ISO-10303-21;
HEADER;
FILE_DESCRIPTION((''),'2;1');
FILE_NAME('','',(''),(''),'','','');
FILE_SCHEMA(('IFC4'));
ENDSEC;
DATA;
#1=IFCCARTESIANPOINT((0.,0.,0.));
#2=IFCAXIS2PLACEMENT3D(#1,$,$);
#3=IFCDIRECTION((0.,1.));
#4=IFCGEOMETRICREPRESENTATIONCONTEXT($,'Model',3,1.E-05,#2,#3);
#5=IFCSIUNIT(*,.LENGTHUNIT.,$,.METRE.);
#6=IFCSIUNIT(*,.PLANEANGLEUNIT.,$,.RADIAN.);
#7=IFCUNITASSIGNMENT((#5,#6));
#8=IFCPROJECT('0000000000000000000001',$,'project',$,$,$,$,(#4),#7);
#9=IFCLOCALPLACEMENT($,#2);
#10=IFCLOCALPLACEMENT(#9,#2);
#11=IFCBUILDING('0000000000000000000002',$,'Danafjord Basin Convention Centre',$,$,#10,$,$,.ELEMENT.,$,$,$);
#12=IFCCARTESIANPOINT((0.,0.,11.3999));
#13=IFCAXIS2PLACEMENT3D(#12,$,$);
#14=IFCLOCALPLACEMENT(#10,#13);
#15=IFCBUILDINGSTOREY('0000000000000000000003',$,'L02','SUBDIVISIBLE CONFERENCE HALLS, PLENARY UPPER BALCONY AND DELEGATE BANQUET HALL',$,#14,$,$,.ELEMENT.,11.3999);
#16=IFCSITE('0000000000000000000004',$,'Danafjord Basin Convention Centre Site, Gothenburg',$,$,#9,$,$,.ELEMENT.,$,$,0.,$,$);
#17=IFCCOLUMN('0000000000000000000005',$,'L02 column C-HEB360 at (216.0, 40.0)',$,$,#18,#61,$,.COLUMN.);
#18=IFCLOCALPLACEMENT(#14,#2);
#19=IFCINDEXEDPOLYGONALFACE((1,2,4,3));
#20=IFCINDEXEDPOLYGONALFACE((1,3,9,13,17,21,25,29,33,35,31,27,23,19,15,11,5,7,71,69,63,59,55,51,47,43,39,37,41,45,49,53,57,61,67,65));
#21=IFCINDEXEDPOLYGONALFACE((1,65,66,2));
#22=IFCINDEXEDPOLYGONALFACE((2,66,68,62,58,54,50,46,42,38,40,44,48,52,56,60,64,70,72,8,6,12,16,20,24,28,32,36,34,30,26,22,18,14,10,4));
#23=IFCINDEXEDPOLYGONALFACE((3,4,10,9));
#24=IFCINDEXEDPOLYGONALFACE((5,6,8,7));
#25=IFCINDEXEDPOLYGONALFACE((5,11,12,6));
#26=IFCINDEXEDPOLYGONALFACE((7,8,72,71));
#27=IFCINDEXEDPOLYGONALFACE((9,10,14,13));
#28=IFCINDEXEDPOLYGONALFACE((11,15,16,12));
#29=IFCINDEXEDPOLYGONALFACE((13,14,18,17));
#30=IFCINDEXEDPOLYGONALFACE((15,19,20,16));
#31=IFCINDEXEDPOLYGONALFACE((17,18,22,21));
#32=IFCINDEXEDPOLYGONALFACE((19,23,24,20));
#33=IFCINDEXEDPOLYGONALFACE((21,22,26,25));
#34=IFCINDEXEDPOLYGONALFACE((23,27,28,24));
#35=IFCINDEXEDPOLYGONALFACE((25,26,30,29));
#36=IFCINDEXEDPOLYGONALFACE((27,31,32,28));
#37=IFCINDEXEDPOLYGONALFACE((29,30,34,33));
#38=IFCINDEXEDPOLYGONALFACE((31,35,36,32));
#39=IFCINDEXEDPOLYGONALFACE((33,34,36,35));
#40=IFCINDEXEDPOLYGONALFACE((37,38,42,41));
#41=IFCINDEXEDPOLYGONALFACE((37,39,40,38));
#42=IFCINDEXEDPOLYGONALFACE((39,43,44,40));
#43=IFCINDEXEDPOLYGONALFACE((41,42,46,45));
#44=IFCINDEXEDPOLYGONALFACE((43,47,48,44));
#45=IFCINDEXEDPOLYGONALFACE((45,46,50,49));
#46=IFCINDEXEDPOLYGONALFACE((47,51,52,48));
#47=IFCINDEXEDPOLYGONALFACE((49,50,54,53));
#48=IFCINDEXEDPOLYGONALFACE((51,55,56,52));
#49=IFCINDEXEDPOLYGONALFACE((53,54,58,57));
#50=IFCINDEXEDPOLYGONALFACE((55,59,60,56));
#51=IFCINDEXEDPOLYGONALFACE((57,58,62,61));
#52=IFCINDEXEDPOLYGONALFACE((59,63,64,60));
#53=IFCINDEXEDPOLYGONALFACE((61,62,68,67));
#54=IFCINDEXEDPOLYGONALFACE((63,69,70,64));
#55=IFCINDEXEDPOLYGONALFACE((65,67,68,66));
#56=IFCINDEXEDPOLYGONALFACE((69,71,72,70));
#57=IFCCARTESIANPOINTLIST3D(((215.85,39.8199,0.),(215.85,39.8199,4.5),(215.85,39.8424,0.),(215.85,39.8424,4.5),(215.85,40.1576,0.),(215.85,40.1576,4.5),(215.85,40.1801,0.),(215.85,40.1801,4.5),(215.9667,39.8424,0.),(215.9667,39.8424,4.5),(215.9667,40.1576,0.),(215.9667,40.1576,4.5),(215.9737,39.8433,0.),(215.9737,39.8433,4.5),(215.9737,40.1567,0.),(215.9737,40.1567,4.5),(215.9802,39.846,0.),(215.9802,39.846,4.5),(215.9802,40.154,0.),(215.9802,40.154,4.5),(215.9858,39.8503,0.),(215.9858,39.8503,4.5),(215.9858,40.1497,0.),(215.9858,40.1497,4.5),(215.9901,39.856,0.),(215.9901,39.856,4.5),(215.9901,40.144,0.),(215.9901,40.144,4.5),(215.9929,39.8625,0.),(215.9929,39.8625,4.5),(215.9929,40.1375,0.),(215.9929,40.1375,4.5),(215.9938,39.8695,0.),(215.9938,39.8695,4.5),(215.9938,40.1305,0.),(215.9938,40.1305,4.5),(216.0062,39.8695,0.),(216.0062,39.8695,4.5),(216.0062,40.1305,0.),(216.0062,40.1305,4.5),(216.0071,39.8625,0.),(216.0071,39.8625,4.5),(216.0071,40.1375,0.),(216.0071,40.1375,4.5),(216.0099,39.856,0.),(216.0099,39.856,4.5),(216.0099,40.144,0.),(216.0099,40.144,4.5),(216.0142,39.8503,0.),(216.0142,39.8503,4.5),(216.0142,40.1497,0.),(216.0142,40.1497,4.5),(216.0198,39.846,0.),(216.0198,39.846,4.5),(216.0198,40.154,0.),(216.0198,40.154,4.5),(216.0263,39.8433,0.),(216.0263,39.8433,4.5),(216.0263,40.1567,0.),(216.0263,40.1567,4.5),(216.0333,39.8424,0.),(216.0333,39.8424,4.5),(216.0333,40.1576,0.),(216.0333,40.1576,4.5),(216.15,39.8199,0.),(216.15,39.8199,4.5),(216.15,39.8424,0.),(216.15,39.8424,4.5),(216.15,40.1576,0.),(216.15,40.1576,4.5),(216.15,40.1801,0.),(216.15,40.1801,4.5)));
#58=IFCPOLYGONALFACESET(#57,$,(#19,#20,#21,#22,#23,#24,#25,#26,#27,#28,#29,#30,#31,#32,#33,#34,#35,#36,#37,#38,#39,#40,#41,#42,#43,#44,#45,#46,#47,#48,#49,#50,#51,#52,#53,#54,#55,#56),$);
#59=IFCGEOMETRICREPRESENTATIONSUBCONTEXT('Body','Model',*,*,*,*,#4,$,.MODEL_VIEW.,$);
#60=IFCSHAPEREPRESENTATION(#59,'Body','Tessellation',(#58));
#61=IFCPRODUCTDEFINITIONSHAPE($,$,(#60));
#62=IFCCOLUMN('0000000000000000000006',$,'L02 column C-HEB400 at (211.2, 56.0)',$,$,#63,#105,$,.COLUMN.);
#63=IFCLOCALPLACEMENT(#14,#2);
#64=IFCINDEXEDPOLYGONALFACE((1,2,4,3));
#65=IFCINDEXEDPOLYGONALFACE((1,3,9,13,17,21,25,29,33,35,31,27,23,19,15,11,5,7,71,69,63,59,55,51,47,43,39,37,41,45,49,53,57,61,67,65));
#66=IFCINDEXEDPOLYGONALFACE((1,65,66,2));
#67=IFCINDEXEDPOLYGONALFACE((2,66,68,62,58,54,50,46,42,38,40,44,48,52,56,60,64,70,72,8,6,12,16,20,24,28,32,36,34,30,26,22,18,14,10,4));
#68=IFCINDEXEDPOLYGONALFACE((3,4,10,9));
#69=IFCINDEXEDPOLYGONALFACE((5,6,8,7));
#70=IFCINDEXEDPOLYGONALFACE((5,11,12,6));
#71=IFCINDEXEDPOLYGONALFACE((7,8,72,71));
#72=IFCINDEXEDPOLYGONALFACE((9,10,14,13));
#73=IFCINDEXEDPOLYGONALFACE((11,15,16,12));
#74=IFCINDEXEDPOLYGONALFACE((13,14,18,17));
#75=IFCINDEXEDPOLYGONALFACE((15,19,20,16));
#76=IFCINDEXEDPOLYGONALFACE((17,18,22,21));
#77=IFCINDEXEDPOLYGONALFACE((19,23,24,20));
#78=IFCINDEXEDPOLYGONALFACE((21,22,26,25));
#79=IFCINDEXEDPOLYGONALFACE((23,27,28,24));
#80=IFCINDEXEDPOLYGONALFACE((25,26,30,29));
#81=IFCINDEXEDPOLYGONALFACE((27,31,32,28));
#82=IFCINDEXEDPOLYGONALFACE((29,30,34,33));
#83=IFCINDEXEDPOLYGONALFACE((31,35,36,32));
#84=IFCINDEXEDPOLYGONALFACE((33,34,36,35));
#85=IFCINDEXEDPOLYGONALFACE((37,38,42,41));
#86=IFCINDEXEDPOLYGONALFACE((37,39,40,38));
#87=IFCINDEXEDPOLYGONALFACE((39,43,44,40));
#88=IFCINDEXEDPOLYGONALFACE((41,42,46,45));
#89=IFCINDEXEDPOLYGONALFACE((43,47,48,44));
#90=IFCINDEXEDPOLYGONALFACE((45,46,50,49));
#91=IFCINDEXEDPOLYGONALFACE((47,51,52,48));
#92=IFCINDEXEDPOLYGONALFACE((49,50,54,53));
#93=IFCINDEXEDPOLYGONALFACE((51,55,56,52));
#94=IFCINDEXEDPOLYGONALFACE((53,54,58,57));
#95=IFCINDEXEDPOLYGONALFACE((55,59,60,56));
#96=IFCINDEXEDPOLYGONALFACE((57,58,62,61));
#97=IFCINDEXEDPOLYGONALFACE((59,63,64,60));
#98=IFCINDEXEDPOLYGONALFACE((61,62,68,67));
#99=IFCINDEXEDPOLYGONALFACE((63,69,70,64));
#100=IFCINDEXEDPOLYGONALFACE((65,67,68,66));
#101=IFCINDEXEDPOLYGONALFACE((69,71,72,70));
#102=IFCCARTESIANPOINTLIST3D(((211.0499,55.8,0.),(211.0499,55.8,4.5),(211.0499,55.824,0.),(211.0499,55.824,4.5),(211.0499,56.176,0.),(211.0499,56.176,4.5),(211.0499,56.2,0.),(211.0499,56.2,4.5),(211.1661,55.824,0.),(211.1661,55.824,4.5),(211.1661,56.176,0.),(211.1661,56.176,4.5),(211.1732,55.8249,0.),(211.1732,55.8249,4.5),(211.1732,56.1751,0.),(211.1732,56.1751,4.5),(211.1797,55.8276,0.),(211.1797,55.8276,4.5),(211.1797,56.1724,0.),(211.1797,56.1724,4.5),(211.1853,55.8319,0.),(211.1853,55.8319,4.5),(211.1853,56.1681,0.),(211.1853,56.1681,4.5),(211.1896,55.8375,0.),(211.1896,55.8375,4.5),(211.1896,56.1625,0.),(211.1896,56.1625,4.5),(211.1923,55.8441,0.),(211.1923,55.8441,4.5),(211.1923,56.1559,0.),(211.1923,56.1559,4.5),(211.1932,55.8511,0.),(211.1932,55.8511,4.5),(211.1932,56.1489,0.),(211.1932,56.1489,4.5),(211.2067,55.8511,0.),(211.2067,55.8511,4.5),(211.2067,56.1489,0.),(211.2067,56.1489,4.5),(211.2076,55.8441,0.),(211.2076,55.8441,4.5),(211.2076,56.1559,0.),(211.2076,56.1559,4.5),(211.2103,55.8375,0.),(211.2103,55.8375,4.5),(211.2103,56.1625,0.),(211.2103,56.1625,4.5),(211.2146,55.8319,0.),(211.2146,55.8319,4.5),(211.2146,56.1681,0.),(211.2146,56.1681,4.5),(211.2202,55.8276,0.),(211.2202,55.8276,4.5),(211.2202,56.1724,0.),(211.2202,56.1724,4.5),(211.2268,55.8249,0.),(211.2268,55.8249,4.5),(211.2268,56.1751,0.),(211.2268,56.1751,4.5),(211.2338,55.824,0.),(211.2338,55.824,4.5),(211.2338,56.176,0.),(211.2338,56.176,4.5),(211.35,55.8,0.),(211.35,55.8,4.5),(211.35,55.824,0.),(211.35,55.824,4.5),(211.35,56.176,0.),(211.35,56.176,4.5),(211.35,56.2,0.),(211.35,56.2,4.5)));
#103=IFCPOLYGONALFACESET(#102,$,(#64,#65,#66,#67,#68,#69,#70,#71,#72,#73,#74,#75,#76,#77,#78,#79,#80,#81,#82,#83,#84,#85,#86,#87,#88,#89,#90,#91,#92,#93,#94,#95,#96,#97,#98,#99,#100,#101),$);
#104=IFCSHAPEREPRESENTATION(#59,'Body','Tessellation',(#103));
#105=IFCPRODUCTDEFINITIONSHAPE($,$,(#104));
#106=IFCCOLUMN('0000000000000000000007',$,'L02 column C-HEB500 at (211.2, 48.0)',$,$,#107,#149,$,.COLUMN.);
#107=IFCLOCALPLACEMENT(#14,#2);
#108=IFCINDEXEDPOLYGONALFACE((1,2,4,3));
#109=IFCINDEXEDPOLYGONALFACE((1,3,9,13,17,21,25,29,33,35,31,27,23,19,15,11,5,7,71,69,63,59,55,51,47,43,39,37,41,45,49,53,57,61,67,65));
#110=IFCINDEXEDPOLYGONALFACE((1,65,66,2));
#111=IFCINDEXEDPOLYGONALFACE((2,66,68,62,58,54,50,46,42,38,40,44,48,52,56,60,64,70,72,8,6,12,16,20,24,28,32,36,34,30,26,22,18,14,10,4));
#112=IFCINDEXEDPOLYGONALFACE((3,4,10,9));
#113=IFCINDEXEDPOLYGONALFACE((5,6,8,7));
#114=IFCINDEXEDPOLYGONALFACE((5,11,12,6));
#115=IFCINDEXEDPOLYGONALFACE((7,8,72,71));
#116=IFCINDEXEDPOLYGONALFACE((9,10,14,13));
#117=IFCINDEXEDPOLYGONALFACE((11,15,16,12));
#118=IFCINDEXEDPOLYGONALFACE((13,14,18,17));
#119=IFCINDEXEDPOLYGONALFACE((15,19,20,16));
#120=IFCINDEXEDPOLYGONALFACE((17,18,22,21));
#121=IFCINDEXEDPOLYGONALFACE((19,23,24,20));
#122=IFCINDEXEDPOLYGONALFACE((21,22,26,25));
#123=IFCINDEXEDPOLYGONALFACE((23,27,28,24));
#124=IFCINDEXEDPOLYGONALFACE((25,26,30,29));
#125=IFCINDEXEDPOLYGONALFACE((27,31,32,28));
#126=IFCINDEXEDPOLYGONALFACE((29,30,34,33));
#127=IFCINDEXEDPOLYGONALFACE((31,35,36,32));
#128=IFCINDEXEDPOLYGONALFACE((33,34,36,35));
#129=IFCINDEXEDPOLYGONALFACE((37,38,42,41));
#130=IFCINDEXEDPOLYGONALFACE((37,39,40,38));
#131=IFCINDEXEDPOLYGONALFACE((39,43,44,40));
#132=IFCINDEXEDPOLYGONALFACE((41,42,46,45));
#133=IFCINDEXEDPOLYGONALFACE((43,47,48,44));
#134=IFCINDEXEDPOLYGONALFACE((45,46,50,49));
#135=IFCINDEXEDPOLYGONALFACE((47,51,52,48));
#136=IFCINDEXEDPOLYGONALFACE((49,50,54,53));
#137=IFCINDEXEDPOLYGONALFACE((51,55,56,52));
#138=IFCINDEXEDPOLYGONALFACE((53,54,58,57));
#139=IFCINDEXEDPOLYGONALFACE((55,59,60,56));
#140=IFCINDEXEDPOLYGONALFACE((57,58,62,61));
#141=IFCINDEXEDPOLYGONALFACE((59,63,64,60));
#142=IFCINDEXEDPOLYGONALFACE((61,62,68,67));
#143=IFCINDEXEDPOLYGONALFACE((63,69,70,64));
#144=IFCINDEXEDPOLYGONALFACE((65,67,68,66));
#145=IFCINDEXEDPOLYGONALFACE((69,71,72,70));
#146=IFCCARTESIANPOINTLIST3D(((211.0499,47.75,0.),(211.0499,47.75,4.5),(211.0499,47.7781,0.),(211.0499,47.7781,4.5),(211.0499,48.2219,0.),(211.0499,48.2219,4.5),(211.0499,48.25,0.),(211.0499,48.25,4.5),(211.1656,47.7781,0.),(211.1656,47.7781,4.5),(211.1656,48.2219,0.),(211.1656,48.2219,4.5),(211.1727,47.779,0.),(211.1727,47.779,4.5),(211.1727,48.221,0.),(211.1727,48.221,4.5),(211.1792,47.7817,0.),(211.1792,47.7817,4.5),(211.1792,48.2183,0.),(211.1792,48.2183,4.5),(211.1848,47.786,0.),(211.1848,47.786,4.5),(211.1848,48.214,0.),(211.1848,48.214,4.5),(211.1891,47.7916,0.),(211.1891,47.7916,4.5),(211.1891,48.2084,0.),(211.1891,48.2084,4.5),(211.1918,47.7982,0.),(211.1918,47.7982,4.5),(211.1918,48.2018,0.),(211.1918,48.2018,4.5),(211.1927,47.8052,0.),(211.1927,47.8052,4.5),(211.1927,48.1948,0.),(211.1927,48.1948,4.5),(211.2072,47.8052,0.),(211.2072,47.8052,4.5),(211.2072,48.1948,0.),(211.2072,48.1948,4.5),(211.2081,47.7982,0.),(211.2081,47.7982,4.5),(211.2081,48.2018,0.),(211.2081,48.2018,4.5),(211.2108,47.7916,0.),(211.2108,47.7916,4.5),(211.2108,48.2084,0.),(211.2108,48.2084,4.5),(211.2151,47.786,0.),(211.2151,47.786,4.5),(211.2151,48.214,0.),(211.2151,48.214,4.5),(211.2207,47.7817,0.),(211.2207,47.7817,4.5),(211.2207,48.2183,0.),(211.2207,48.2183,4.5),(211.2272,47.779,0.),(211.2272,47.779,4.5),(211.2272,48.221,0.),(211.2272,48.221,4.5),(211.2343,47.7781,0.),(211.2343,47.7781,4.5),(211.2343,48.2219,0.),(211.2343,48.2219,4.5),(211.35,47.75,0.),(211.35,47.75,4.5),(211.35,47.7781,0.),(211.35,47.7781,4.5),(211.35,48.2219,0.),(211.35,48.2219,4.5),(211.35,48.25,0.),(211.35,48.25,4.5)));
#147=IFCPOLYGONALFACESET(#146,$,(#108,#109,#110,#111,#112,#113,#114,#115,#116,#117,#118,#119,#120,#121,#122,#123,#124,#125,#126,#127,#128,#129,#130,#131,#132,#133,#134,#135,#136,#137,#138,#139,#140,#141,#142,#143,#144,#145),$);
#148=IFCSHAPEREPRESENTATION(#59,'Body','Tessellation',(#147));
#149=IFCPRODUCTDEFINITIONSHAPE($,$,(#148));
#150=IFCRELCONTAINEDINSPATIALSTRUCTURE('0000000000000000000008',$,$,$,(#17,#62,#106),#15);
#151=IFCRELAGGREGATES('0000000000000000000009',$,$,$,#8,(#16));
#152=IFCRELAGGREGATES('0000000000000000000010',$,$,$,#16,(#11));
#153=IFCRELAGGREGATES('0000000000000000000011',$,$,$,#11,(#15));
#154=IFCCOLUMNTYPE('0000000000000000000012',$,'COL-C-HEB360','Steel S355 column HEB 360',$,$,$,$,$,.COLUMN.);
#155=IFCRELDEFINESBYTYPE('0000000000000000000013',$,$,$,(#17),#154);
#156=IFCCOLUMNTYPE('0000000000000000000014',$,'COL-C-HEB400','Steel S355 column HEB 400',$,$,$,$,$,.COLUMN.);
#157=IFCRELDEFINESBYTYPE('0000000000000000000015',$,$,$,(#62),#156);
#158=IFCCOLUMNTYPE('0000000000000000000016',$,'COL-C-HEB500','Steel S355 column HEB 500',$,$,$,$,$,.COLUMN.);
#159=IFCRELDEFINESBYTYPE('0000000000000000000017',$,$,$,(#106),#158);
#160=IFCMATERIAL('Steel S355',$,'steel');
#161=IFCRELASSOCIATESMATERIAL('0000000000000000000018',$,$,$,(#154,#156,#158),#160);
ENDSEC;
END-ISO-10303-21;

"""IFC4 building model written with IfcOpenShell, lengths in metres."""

from ifc_helpers import new_model, si_unit, direction, frame, origin, origin_2d, place, context, subcontext, project, spatial, i_section, extrude, material, material_profile, profile_set, type_object, element, save


model = new_model("IFC4")

# Units and contexts
model_context = context("Model", 3, precision=1e-05, world=origin(), true_north=direction((0.0, 1.0)))
body_context = subcontext(model_context, "Body", "Model", "MODEL_VIEW")
ifc_project = project(units=[si_unit("LENGTHUNIT", "METRE"), si_unit("PLANEANGLEUNIT", "RADIAN")], contexts=[model_context])

# Site, building, storey
site_placement = place(None, origin())
site = spatial("IfcSite", under=ifc_project, at=site_placement, Name="Danafjord Basin Convention Centre Site, Gothenburg", CompositionType="ELEMENT", RefElevation=0.0)
building_placement = place(site_placement, origin())
building = spatial("IfcBuilding", under=site, at=building_placement, Name="Danafjord Basin Convention Centre", CompositionType="ELEMENT")
storey_placement = place(building_placement, frame((0.0, 0.0, 11.3999)))
storey = spatial("IfcBuildingStorey", under=building, at=storey_placement, Name="L02", Description="SUBDIVISIBLE CONFERENCE HALLS, PLENARY UPPER BALCONY AND DELEGATE BANQUET HALL", CompositionType="ELEMENT", Elevation=11.3999)

# Columns
ifc_material_1 = material(Name="Steel S355", Category="steel")
ifc_material_profile_1 = material_profile(ifc_material_1, i_section(OverallWidth=0.3, OverallDepth=0.3601, WebThickness=0.0125, FlangeThickness=0.0225, FilletRadius=0.0271, at=origin_2d()), Name="HEB 360")
ifc_profile_set_1 = profile_set([ifc_material_profile_1], Name="Steel S355")
column_type_1 = type_object("IfcColumnType", Name="COL-C-HEB360", Description="Steel S355 column HEB 360", PredefinedType="COLUMN", material=ifc_profile_set_1)
column_1_placement = place(storey_placement, frame((216.0, 40.0, 0.0), z_axis=(0.0, 0.0, 1.0), x_axis=(1.0, 0.0, 0.0)))
element("IfcColumn", 1, at=column_1_placement, inside=storey, type_object=column_type_1, Name="L02 column C-HEB360 at (216.0, 40.0)", PredefinedType="COLUMN", context=body_context, shape_type="SweptSolid", body=[
    extrude(i_section(OverallWidth=0.3, OverallDepth=0.3601, WebThickness=0.0125, FlangeThickness=0.0225, FilletRadius=0.0271, at=origin_2d()), origin(), (0.0, 0.0, 1.0), 4.5),
])
ifc_material_profile_2 = material_profile(ifc_material_1, i_section(OverallWidth=0.3, OverallDepth=0.3999, WebThickness=0.0134, FlangeThickness=0.0239, FilletRadius=0.0271, at=origin_2d()), Name="HEB 400")
ifc_profile_set_2 = profile_set([ifc_material_profile_2], Name="Steel S355")
column_type_2 = type_object("IfcColumnType", Name="COL-C-HEB400", Description="Steel S355 column HEB 400", PredefinedType="COLUMN", material=ifc_profile_set_2)
column_2_placement = place(storey_placement, frame((211.2, 56.0, 0.0), z_axis=(0.0, 0.0, 1.0), x_axis=(1.0, 0.0, 0.0)))
element("IfcColumn", 2, at=column_2_placement, inside=storey, type_object=column_type_2, Name="L02 column C-HEB400 at (211.2, 56.0)", PredefinedType="COLUMN", context=body_context, shape_type="SweptSolid", body=[
    extrude(i_section(OverallWidth=0.3, OverallDepth=0.3999, WebThickness=0.0134, FlangeThickness=0.0239, FilletRadius=0.0271, at=origin_2d()), origin(), (0.0, 0.0, 1.0), 4.5),
])
ifc_material_profile_3 = material_profile(ifc_material_1, i_section(OverallWidth=0.3, OverallDepth=0.5, WebThickness=0.0144, FlangeThickness=0.0281, FilletRadius=0.0271, at=origin_2d()), Name="HEB 500")
ifc_profile_set_3 = profile_set([ifc_material_profile_3], Name="Steel S355")
column_type_3 = type_object("IfcColumnType", Name="COL-C-HEB500", Description="Steel S355 column HEB 500", PredefinedType="COLUMN", material=ifc_profile_set_3)
column_3_placement = place(storey_placement, frame((211.2, 48.0, 0.0), z_axis=(0.0, 0.0, 1.0), x_axis=(1.0, 0.0, 0.0)))
element("IfcColumn", 3, at=column_3_placement, inside=storey, type_object=column_type_3, Name="L02 column C-HEB500 at (211.2, 48.0)", PredefinedType="COLUMN", context=body_context, shape_type="SweptSolid", body=[
    extrude(i_section(OverallWidth=0.3, OverallDepth=0.5, WebThickness=0.0144, FlangeThickness=0.0281, FilletRadius=0.0271, at=origin_2d()), origin(), (0.0, 0.0, 1.0), 4.5),
])

save(model, "model.ifc")
